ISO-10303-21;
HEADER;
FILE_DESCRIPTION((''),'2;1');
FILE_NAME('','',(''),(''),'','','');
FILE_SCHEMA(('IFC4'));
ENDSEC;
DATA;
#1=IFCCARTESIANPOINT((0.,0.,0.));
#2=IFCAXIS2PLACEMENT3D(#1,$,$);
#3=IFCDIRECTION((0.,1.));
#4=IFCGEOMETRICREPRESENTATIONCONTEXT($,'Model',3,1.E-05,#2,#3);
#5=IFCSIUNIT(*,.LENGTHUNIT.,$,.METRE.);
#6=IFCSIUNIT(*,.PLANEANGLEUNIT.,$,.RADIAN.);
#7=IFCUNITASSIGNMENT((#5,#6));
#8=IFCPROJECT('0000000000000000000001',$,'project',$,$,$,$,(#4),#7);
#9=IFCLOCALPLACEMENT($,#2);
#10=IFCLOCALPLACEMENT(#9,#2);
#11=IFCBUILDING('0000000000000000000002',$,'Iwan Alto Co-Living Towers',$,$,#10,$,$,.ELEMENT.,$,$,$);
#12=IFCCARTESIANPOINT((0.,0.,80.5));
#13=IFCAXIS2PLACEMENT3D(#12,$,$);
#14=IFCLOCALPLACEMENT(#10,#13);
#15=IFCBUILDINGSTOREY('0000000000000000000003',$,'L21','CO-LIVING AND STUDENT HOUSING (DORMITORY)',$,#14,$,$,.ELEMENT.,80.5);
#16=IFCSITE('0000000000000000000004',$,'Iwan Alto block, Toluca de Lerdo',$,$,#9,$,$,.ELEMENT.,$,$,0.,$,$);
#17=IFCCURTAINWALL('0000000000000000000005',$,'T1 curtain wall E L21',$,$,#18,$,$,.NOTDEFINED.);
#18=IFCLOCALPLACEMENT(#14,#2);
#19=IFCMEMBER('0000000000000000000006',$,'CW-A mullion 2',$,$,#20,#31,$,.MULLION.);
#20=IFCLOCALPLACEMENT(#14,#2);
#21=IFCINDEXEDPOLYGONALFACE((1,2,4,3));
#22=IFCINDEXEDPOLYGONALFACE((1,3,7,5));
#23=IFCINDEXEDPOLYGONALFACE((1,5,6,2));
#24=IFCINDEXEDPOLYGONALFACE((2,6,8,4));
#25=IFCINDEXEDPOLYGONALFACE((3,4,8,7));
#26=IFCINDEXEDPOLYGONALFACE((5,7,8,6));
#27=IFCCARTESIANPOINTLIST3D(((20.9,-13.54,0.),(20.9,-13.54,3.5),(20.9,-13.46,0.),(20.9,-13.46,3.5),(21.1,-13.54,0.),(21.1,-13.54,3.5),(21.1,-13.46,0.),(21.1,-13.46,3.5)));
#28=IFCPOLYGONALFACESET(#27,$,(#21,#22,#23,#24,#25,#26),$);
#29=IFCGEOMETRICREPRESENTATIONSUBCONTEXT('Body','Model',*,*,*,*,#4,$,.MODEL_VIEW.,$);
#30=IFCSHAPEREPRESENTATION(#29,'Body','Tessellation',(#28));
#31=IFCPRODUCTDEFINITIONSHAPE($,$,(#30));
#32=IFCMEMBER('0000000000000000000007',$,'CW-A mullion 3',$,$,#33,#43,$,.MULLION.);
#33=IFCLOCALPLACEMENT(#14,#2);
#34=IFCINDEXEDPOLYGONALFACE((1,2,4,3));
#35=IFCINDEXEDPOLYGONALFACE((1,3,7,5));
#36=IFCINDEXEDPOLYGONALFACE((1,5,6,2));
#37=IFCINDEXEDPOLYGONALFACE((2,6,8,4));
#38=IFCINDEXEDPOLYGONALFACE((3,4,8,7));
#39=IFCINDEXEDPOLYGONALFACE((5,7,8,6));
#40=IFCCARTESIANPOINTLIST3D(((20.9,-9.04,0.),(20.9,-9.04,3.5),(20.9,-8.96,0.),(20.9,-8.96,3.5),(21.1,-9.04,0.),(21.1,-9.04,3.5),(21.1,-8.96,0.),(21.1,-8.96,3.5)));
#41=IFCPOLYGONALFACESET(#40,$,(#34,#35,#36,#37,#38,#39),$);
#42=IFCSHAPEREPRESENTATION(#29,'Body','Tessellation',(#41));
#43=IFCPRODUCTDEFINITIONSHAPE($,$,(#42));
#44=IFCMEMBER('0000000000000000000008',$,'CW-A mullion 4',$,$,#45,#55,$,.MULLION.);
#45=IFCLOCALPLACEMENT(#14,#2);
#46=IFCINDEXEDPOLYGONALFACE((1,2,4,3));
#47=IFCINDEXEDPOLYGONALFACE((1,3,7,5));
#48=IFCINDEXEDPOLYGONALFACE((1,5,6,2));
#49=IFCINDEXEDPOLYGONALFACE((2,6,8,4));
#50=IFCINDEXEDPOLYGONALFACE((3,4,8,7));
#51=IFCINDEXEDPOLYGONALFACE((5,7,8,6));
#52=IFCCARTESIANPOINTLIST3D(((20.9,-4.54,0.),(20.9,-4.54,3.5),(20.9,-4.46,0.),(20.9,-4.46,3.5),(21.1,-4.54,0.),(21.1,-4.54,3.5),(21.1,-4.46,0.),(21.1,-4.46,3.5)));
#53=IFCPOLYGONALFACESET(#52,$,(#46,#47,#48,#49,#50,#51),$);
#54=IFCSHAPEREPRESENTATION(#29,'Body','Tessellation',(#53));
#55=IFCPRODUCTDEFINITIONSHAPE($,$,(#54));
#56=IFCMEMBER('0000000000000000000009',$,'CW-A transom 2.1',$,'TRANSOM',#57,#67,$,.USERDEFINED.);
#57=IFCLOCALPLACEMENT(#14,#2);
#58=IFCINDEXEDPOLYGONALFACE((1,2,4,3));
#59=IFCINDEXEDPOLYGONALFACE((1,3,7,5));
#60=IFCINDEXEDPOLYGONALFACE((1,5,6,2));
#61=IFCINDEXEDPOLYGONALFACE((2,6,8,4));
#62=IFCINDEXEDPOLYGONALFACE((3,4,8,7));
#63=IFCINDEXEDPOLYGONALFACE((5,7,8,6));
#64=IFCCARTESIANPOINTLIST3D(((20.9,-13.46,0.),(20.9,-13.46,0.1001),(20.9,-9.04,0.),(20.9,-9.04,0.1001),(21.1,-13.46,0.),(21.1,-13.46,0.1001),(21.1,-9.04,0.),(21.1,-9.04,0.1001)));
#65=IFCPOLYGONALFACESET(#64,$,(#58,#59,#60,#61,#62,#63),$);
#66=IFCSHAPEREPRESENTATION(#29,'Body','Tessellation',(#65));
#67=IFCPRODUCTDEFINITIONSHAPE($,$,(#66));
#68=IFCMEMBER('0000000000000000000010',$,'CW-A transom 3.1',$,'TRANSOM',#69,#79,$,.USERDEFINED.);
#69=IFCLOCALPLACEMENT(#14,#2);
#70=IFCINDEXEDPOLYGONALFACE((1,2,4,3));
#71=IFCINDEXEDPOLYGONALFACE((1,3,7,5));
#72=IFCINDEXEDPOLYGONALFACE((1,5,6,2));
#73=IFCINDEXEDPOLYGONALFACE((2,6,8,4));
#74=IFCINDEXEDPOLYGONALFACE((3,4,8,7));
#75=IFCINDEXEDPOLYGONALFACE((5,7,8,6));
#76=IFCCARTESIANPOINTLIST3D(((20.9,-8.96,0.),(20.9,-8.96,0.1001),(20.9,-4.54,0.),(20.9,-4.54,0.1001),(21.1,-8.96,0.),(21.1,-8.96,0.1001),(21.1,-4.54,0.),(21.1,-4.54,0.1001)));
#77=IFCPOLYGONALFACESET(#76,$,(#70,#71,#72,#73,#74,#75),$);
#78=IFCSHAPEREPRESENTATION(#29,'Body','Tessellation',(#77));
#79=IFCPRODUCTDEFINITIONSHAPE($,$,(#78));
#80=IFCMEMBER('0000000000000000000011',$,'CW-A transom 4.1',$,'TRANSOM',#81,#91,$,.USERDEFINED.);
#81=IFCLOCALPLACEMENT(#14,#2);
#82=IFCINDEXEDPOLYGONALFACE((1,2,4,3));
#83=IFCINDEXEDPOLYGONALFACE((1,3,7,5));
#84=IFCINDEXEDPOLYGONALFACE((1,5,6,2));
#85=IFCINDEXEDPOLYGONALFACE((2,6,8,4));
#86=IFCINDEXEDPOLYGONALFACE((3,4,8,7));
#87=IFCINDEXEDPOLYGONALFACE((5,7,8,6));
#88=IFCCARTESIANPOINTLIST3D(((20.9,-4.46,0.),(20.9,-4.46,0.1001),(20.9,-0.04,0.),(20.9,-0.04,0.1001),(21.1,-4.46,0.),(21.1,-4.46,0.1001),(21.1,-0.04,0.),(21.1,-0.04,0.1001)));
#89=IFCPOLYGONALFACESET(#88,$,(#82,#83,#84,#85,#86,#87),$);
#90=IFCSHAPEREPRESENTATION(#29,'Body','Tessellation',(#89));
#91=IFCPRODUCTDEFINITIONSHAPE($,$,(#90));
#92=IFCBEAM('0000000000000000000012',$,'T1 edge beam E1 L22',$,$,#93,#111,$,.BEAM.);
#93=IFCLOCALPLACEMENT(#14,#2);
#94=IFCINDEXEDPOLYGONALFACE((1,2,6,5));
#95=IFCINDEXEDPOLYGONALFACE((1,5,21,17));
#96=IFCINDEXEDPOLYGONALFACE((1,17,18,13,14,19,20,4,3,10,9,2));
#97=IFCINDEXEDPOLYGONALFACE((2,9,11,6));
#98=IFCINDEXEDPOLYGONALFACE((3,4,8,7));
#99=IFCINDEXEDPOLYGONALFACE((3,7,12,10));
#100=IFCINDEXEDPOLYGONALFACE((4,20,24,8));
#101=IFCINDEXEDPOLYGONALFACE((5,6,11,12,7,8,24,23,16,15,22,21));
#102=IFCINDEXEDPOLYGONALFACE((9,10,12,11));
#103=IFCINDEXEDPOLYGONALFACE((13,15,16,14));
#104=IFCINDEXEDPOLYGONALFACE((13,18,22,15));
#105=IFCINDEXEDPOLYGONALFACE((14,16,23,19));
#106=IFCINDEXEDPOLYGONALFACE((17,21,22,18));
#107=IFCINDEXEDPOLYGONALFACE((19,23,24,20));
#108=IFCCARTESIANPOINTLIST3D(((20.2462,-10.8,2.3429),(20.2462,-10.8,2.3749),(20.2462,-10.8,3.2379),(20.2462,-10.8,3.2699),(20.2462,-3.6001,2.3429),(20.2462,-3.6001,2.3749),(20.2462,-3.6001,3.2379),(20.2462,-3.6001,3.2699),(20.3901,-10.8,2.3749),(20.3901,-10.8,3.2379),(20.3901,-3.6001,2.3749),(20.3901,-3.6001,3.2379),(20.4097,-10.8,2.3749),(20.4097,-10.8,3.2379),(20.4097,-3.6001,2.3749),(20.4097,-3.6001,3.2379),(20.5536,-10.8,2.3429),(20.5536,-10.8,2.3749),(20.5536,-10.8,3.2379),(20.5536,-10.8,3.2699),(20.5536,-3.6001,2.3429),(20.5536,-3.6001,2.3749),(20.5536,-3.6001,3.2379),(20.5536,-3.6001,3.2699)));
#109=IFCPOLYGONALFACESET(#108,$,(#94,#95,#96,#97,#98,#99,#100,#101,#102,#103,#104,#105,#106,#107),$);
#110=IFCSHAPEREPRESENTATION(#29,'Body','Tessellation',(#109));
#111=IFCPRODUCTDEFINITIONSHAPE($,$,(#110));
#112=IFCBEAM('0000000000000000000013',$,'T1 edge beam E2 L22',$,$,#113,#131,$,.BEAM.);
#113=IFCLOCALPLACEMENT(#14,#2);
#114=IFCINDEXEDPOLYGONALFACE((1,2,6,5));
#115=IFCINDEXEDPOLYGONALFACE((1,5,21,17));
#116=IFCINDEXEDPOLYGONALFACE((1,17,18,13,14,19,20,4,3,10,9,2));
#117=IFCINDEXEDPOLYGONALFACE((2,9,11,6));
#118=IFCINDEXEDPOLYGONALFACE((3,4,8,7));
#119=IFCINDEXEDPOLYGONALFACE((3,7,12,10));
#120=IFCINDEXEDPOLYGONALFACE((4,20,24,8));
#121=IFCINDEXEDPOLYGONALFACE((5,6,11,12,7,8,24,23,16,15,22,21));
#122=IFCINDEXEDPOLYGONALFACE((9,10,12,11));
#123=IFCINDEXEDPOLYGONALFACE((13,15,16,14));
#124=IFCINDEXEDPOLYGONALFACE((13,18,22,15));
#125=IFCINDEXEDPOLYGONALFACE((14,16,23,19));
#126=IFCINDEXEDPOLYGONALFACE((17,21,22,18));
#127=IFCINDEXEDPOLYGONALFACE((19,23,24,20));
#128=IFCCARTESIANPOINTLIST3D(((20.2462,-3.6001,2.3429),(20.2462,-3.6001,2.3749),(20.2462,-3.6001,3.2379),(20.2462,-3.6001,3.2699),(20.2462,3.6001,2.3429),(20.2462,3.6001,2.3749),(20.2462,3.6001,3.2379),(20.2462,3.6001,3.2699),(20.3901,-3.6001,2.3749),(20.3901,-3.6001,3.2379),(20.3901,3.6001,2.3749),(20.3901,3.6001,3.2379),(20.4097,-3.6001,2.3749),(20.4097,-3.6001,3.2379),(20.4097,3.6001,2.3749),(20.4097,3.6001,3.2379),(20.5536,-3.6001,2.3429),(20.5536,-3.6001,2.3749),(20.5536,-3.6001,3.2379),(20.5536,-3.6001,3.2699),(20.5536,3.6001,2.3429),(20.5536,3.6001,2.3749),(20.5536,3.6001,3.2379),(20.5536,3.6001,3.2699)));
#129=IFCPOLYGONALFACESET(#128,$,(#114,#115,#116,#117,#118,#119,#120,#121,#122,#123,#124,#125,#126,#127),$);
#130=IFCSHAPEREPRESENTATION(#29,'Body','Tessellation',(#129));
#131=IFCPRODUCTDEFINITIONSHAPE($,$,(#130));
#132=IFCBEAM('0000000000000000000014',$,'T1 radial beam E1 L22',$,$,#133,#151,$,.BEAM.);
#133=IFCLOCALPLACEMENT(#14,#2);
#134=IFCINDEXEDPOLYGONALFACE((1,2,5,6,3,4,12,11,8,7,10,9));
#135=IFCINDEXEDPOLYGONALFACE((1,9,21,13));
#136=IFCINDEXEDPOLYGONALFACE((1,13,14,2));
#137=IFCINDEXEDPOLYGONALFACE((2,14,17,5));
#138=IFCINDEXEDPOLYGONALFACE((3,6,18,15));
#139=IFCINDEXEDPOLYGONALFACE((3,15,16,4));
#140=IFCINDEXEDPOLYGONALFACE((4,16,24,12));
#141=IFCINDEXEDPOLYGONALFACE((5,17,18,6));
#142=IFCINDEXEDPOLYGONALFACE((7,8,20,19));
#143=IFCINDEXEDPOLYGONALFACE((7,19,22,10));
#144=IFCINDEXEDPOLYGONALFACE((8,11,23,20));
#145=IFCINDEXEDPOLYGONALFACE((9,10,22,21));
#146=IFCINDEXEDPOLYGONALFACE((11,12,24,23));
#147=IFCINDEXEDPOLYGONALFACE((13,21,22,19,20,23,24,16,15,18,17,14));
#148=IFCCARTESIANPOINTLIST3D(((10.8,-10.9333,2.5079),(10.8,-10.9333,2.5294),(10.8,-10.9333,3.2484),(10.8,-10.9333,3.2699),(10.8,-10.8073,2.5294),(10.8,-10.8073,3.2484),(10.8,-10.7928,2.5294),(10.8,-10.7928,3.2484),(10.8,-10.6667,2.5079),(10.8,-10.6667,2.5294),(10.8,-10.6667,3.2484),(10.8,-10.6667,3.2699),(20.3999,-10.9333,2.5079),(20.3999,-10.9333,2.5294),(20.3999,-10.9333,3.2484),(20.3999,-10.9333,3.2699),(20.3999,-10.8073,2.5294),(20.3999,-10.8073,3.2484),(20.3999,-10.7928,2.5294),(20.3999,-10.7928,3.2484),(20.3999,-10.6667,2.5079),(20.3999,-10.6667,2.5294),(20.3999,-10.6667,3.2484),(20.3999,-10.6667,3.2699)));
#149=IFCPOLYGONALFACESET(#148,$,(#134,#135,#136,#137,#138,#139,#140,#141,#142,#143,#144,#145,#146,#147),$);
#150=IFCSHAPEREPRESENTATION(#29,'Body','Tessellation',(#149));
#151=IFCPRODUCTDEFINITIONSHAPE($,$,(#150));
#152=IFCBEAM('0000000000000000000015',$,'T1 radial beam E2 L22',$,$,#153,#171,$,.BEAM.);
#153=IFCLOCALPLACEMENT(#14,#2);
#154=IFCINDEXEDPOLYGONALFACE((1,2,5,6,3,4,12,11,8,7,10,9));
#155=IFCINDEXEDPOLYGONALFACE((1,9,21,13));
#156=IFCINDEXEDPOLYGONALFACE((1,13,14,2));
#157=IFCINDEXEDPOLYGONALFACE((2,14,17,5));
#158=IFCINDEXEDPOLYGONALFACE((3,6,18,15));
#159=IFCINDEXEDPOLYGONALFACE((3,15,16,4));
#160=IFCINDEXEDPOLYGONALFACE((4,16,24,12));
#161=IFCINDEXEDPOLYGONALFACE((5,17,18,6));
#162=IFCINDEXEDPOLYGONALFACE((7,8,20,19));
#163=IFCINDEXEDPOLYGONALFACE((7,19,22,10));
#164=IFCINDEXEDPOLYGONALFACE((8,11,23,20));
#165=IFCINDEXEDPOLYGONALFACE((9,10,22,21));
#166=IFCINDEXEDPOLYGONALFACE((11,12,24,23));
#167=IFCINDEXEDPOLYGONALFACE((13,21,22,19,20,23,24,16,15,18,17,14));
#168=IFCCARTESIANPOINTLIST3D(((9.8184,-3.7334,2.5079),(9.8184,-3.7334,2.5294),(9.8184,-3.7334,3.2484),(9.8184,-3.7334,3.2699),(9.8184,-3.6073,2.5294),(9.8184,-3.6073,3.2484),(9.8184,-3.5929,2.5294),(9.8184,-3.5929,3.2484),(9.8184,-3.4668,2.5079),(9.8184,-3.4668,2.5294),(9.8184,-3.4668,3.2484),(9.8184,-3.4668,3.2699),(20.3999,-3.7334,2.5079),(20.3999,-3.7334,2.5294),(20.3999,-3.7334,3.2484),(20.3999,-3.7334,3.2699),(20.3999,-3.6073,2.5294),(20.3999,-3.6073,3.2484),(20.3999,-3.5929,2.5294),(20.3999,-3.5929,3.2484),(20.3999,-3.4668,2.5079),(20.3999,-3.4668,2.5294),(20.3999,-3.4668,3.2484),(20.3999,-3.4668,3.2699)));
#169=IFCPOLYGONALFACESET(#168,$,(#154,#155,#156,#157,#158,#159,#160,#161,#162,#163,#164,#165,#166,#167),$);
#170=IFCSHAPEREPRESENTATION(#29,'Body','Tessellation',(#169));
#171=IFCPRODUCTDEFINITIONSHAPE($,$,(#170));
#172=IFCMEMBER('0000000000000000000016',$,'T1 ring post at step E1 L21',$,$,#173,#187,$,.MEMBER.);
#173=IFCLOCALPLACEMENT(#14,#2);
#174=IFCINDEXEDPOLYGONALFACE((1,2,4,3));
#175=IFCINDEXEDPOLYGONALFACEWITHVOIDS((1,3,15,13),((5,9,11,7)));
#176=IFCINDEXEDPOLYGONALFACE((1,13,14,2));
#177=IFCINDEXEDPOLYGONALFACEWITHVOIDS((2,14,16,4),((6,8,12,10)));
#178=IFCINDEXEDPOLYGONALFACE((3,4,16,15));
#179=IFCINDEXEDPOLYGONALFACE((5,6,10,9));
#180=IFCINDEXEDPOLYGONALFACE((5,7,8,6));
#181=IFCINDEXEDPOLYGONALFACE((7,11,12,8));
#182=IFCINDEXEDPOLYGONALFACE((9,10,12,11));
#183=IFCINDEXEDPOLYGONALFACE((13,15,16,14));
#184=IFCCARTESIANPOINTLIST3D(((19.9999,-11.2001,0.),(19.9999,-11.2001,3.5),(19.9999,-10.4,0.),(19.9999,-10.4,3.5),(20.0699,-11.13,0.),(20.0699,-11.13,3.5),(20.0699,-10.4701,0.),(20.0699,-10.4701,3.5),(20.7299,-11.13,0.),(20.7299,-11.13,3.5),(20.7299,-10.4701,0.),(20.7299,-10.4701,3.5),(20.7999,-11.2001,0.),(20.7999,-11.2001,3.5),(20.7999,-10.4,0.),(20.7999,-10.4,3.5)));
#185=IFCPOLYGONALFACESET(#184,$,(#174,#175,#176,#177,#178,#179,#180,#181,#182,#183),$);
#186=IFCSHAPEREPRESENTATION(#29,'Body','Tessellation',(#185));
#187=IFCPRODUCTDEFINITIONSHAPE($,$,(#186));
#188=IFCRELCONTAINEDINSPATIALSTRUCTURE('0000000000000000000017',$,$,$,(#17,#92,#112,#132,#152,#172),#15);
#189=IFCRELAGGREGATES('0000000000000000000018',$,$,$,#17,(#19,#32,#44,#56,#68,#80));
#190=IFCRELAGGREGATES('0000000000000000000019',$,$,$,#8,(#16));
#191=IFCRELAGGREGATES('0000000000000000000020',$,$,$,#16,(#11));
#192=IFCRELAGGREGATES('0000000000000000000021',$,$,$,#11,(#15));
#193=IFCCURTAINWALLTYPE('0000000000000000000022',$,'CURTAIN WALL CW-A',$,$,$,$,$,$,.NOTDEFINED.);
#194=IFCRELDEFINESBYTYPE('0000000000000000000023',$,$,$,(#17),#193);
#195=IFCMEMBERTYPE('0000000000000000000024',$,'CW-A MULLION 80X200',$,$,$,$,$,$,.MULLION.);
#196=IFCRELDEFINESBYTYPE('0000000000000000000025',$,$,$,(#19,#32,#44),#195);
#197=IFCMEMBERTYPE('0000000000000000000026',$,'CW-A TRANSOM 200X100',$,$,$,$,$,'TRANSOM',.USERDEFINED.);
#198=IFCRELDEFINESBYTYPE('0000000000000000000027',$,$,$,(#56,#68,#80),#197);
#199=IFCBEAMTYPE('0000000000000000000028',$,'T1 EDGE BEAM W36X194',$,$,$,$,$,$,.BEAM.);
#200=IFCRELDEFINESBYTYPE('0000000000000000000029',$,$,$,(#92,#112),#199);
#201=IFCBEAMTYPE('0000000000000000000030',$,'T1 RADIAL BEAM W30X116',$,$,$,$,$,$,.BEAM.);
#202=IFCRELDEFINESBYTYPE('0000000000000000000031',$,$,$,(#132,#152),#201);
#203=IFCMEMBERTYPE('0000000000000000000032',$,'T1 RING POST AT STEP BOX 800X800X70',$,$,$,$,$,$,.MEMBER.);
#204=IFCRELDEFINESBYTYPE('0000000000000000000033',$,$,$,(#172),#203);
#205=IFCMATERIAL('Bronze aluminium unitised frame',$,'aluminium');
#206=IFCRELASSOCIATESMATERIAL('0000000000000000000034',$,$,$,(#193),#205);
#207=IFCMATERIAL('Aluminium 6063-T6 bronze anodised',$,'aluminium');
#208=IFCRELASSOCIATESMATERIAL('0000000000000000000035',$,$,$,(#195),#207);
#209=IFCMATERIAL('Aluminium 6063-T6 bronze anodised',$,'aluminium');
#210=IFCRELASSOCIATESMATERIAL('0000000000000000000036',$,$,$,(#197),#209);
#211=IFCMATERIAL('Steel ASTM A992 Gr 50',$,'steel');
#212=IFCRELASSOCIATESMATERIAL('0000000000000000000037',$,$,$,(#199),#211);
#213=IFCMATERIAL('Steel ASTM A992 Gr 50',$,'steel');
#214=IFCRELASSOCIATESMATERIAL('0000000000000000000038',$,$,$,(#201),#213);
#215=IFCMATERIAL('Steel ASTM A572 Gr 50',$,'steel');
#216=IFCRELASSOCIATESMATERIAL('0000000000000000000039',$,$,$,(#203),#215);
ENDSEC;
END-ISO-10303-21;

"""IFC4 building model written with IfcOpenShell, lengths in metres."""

from ifc_helpers import new_model, si_unit, direction, frame, origin, origin_2d, place, context, subcontext, project, spatial, rectangle, hollow_rectangle, i_section, extrude, material, material_profile, profile_set, type_object, element, aggregate, save


model = new_model("IFC4")

# Units and contexts
model_context = context("Model", 3, precision=1e-05, world=origin(), true_north=direction((0.0, 1.0)))
body_context = subcontext(model_context, "Body", "Model", "MODEL_VIEW")
ifc_project = project(units=[si_unit("LENGTHUNIT", "METRE"), si_unit("PLANEANGLEUNIT", "RADIAN")], contexts=[model_context])

# Site, building, storey
site_placement = place(None, origin())
site = spatial("IfcSite", under=ifc_project, at=site_placement, Name="Iwan Alto block, Toluca de Lerdo", CompositionType="ELEMENT", RefElevation=0.0)
building_placement = place(site_placement, origin())
building = spatial("IfcBuilding", under=site, at=building_placement, Name="Iwan Alto Co-Living Towers", CompositionType="ELEMENT")
storey_placement = place(building_placement, frame((0.0, 0.0, 80.5)))
storey = spatial("IfcBuildingStorey", under=building, at=storey_placement, Name="L21", Description="CO-LIVING AND STUDENT HOUSING (DORMITORY)", CompositionType="ELEMENT", Elevation=80.5)

# Curtain wall, members
ifc_material_1 = material(Name="Bronze aluminium unitised frame", Category="aluminium")
curtain_wall_type = type_object("IfcCurtainWallType", Name="CURTAIN WALL CW-A", PredefinedType="NOTDEFINED", material=ifc_material_1)
curtain_wall_placement = place(storey_placement, origin())
curtain_wall = element("IfcCurtainWall", 1, at=curtain_wall_placement, inside=storey, type_object=curtain_wall_type, Name="T1 curtain wall E L21", PredefinedType="NOTDEFINED")
ifc_material_2 = material(Name="Aluminium 6063-T6 bronze anodised", Category="aluminium")
ifc_material_profile_1 = material_profile(ifc_material_2, rectangle(XDim=0.2, YDim=0.0801, at=origin_2d()), Name="AL 80X200")
ifc_profile_set_1 = profile_set([ifc_material_profile_1], Name="Aluminium 6063-T6 bronze anodised")
member_type_1 = type_object("IfcMemberType", Name="CW-A MULLION 80X200", PredefinedType="MULLION", material=ifc_profile_set_1)
member_1_placement = place(storey_placement, frame((21.0, -13.5, 0.0), z_axis=(0.0, 0.0, 1.0), x_axis=(-1.0, 0.0, 0.0)))
member_1 = element("IfcMember", 2, at=member_1_placement, type_object=member_type_1, Name="CW-A mullion 2", PredefinedType="MULLION", context=body_context, shape_type="SweptSolid", body=[
    extrude(rectangle(XDim=0.2, YDim=0.0801, at=origin_2d()), origin(), (0.0, 0.0, 1.0), 3.5),
])
member_2_placement = place(storey_placement, frame((21.0, -9.0, 0.0), z_axis=(0.0, 0.0, 1.0), x_axis=(-1.0, 0.0, 0.0)))
member_2 = element("IfcMember", 3, at=member_2_placement, type_object=member_type_1, Name="CW-A mullion 3", PredefinedType="MULLION", context=body_context, shape_type="SweptSolid", body=[
    extrude(rectangle(XDim=0.2, YDim=0.0801, at=origin_2d()), origin(), (0.0, 0.0, 1.0), 3.5),
])
member_3_placement = place(storey_placement, frame((21.0, -4.5, 0.0), z_axis=(0.0, 0.0, 1.0), x_axis=(-1.0, 0.0, 0.0)))
member_3 = element("IfcMember", 4, at=member_3_placement, type_object=member_type_1, Name="CW-A mullion 4", PredefinedType="MULLION", context=body_context, shape_type="SweptSolid", body=[
    extrude(rectangle(XDim=0.2, YDim=0.0801, at=origin_2d()), origin(), (0.0, 0.0, 1.0), 3.5),
])
ifc_material_3 = material(Name="Aluminium 6063-T6 bronze anodised", Category="aluminium")
ifc_material_profile_2 = material_profile(ifc_material_3, rectangle(XDim=0.2, YDim=0.1001, at=origin_2d()), Name="AL 200X100")
ifc_profile_set_2 = profile_set([ifc_material_profile_2], Name="Aluminium 6063-T6 bronze anodised")
member_type_2 = type_object("IfcMemberType", Name="CW-A TRANSOM 200X100", ElementType="TRANSOM", PredefinedType="USERDEFINED", material=ifc_profile_set_2)
member_4_placement = place(storey_placement, frame((21.0, -13.46, 0.05), z_axis=(0.0, 1.0, 0.0), x_axis=(-1.0, 0.0, 0.0)))
member_4 = element("IfcMember", 5, at=member_4_placement, type_object=member_type_2, Name="CW-A transom 2.1", ObjectType="TRANSOM", PredefinedType="USERDEFINED", context=body_context, shape_type="SweptSolid", body=[
    extrude(rectangle(XDim=0.2, YDim=0.1001, at=origin_2d()), origin(), (0.0, 0.0, 1.0), 4.4199),
])
member_5_placement = place(storey_placement, frame((21.0, -8.96, 0.05), z_axis=(0.0, 1.0, 0.0), x_axis=(-1.0, 0.0, 0.0)))
member_5 = element("IfcMember", 6, at=member_5_placement, type_object=member_type_2, Name="CW-A transom 3.1", ObjectType="TRANSOM", PredefinedType="USERDEFINED", context=body_context, shape_type="SweptSolid", body=[
    extrude(rectangle(XDim=0.2, YDim=0.1001, at=origin_2d()), origin(), (0.0, 0.0, 1.0), 4.4199),
])
member_6_placement = place(storey_placement, frame((21.0, -4.46, 0.05), z_axis=(0.0, 1.0, 0.0), x_axis=(-1.0, 0.0, 0.0)))
member_6 = element("IfcMember", 7, at=member_6_placement, type_object=member_type_2, Name="CW-A transom 4.1", ObjectType="TRANSOM", PredefinedType="USERDEFINED", context=body_context, shape_type="SweptSolid", body=[
    extrude(rectangle(XDim=0.2, YDim=0.1001, at=origin_2d()), origin(), (0.0, 0.0, 1.0), 4.4199),
])

# Beams
ifc_material_4 = material(Name="Steel ASTM A992 Gr 50", Category="steel")
ifc_material_profile_3 = material_profile(ifc_material_4, i_section(OverallWidth=0.3074, OverallDepth=0.927, WebThickness=0.0195, FlangeThickness=0.032, at=origin_2d()), Name="W36X194")
ifc_profile_set_3 = profile_set([ifc_material_profile_3], Name="Steel ASTM A992 Gr 50")
beam_type_1 = type_object("IfcBeamType", Name="T1 EDGE BEAM W36X194", PredefinedType="BEAM", material=ifc_profile_set_3)
beam_1_placement = place(storey_placement, frame((20.3999, -10.8, 2.8064), z_axis=(0.0, 1.0, 0.0), x_axis=(-1.0, 0.0, 0.0)))
element("IfcBeam", 8, at=beam_1_placement, inside=storey, type_object=beam_type_1, Name="T1 edge beam E1 L22", PredefinedType="BEAM", context=body_context, shape_type="SweptSolid", body=[
    extrude(i_section(OverallWidth=0.3074, OverallDepth=0.927, WebThickness=0.0195, FlangeThickness=0.032, at=origin_2d()), origin(), (0.0, 0.0, 1.0), 7.2),
])
beam_2_placement = place(storey_placement, frame((20.3999, -3.6001, 2.8064), z_axis=(0.0, 1.0, 0.0), x_axis=(-1.0, 0.0, 0.0)))
element("IfcBeam", 9, at=beam_2_placement, inside=storey, type_object=beam_type_1, Name="T1 edge beam E2 L22", PredefinedType="BEAM", context=body_context, shape_type="SweptSolid", body=[
    extrude(i_section(OverallWidth=0.3074, OverallDepth=0.927, WebThickness=0.0195, FlangeThickness=0.032, at=origin_2d()), origin(), (0.0, 0.0, 1.0), 7.2002),
])
ifc_material_5 = material(Name="Steel ASTM A992 Gr 50", Category="steel")
ifc_material_profile_4 = material_profile(ifc_material_5, i_section(OverallWidth=0.2666, OverallDepth=0.762, WebThickness=0.0144, FlangeThickness=0.0215, at=origin_2d()), Name="W30X116")
ifc_profile_set_4 = profile_set([ifc_material_profile_4], Name="Steel ASTM A992 Gr 50")
beam_type_2 = type_object("IfcBeamType", Name="T1 RADIAL BEAM W30X116", PredefinedType="BEAM", material=ifc_profile_set_4)
beam_3_placement = place(storey_placement, frame((20.3999, -10.8, 2.8889), z_axis=(-1.0, 0.0, 0.0), x_axis=(0.0, -1.0, 0.0)))
element("IfcBeam", 10, at=beam_3_placement, inside=storey, type_object=beam_type_2, Name="T1 radial beam E1 L22", PredefinedType="BEAM", context=body_context, shape_type="SweptSolid", body=[
    extrude(i_section(OverallWidth=0.2666, OverallDepth=0.762, WebThickness=0.0144, FlangeThickness=0.0215, at=origin_2d()), origin(), (0.0, 0.0, 1.0), 9.5999),
])
beam_4_placement = place(storey_placement, frame((20.3999, -3.6001, 2.8889), z_axis=(-1.0, 0.0, 0.0), x_axis=(0.0, -1.0, 0.0)))
element("IfcBeam", 11, at=beam_4_placement, inside=storey, type_object=beam_type_2, Name="T1 radial beam E2 L22", PredefinedType="BEAM", context=body_context, shape_type="SweptSolid", body=[
    extrude(i_section(OverallWidth=0.2666, OverallDepth=0.762, WebThickness=0.0144, FlangeThickness=0.0215, at=origin_2d()), origin(), (0.0, 0.0, 1.0), 10.5815),
])

# Member
ifc_material_6 = material(Name="Steel ASTM A572 Gr 50", Category="steel")
ifc_material_profile_5 = material_profile(ifc_material_6, hollow_rectangle(XDim=0.8, YDim=0.8, WallThickness=0.0701, at=origin_2d()), Name="BOX 800X800X70")
ifc_profile_set_5 = profile_set([ifc_material_profile_5], Name="Steel ASTM A572 Gr 50")
member_type_3 = type_object("IfcMemberType", Name="T1 RING POST AT STEP BOX 800X800X70", PredefinedType="MEMBER", material=ifc_profile_set_5)
for number, where, z_axis, x_axis, name in (
    (12, (20.3999, -10.8, 0.0), (0.0, 0.0, 1.0), (1.0, 0.0, 0.0), "T1 ring post at step E1 L21"),
):
    element("IfcMember", number, at=place(storey_placement, frame(where, z_axis=z_axis, x_axis=x_axis)), inside=storey, type_object=member_type_3, Name=name, PredefinedType="MEMBER", context=body_context, shape_type="SweptSolid", body=[
        extrude(hollow_rectangle(XDim=0.8, YDim=0.8, WallThickness=0.0701, at=origin_2d()), origin(), (0.0, 0.0, 1.0), 3.5),
    ])

aggregate(curtain_wall, [member_1, member_2, member_3, member_4, member_5, member_6])

save(model, "model.ifc")
